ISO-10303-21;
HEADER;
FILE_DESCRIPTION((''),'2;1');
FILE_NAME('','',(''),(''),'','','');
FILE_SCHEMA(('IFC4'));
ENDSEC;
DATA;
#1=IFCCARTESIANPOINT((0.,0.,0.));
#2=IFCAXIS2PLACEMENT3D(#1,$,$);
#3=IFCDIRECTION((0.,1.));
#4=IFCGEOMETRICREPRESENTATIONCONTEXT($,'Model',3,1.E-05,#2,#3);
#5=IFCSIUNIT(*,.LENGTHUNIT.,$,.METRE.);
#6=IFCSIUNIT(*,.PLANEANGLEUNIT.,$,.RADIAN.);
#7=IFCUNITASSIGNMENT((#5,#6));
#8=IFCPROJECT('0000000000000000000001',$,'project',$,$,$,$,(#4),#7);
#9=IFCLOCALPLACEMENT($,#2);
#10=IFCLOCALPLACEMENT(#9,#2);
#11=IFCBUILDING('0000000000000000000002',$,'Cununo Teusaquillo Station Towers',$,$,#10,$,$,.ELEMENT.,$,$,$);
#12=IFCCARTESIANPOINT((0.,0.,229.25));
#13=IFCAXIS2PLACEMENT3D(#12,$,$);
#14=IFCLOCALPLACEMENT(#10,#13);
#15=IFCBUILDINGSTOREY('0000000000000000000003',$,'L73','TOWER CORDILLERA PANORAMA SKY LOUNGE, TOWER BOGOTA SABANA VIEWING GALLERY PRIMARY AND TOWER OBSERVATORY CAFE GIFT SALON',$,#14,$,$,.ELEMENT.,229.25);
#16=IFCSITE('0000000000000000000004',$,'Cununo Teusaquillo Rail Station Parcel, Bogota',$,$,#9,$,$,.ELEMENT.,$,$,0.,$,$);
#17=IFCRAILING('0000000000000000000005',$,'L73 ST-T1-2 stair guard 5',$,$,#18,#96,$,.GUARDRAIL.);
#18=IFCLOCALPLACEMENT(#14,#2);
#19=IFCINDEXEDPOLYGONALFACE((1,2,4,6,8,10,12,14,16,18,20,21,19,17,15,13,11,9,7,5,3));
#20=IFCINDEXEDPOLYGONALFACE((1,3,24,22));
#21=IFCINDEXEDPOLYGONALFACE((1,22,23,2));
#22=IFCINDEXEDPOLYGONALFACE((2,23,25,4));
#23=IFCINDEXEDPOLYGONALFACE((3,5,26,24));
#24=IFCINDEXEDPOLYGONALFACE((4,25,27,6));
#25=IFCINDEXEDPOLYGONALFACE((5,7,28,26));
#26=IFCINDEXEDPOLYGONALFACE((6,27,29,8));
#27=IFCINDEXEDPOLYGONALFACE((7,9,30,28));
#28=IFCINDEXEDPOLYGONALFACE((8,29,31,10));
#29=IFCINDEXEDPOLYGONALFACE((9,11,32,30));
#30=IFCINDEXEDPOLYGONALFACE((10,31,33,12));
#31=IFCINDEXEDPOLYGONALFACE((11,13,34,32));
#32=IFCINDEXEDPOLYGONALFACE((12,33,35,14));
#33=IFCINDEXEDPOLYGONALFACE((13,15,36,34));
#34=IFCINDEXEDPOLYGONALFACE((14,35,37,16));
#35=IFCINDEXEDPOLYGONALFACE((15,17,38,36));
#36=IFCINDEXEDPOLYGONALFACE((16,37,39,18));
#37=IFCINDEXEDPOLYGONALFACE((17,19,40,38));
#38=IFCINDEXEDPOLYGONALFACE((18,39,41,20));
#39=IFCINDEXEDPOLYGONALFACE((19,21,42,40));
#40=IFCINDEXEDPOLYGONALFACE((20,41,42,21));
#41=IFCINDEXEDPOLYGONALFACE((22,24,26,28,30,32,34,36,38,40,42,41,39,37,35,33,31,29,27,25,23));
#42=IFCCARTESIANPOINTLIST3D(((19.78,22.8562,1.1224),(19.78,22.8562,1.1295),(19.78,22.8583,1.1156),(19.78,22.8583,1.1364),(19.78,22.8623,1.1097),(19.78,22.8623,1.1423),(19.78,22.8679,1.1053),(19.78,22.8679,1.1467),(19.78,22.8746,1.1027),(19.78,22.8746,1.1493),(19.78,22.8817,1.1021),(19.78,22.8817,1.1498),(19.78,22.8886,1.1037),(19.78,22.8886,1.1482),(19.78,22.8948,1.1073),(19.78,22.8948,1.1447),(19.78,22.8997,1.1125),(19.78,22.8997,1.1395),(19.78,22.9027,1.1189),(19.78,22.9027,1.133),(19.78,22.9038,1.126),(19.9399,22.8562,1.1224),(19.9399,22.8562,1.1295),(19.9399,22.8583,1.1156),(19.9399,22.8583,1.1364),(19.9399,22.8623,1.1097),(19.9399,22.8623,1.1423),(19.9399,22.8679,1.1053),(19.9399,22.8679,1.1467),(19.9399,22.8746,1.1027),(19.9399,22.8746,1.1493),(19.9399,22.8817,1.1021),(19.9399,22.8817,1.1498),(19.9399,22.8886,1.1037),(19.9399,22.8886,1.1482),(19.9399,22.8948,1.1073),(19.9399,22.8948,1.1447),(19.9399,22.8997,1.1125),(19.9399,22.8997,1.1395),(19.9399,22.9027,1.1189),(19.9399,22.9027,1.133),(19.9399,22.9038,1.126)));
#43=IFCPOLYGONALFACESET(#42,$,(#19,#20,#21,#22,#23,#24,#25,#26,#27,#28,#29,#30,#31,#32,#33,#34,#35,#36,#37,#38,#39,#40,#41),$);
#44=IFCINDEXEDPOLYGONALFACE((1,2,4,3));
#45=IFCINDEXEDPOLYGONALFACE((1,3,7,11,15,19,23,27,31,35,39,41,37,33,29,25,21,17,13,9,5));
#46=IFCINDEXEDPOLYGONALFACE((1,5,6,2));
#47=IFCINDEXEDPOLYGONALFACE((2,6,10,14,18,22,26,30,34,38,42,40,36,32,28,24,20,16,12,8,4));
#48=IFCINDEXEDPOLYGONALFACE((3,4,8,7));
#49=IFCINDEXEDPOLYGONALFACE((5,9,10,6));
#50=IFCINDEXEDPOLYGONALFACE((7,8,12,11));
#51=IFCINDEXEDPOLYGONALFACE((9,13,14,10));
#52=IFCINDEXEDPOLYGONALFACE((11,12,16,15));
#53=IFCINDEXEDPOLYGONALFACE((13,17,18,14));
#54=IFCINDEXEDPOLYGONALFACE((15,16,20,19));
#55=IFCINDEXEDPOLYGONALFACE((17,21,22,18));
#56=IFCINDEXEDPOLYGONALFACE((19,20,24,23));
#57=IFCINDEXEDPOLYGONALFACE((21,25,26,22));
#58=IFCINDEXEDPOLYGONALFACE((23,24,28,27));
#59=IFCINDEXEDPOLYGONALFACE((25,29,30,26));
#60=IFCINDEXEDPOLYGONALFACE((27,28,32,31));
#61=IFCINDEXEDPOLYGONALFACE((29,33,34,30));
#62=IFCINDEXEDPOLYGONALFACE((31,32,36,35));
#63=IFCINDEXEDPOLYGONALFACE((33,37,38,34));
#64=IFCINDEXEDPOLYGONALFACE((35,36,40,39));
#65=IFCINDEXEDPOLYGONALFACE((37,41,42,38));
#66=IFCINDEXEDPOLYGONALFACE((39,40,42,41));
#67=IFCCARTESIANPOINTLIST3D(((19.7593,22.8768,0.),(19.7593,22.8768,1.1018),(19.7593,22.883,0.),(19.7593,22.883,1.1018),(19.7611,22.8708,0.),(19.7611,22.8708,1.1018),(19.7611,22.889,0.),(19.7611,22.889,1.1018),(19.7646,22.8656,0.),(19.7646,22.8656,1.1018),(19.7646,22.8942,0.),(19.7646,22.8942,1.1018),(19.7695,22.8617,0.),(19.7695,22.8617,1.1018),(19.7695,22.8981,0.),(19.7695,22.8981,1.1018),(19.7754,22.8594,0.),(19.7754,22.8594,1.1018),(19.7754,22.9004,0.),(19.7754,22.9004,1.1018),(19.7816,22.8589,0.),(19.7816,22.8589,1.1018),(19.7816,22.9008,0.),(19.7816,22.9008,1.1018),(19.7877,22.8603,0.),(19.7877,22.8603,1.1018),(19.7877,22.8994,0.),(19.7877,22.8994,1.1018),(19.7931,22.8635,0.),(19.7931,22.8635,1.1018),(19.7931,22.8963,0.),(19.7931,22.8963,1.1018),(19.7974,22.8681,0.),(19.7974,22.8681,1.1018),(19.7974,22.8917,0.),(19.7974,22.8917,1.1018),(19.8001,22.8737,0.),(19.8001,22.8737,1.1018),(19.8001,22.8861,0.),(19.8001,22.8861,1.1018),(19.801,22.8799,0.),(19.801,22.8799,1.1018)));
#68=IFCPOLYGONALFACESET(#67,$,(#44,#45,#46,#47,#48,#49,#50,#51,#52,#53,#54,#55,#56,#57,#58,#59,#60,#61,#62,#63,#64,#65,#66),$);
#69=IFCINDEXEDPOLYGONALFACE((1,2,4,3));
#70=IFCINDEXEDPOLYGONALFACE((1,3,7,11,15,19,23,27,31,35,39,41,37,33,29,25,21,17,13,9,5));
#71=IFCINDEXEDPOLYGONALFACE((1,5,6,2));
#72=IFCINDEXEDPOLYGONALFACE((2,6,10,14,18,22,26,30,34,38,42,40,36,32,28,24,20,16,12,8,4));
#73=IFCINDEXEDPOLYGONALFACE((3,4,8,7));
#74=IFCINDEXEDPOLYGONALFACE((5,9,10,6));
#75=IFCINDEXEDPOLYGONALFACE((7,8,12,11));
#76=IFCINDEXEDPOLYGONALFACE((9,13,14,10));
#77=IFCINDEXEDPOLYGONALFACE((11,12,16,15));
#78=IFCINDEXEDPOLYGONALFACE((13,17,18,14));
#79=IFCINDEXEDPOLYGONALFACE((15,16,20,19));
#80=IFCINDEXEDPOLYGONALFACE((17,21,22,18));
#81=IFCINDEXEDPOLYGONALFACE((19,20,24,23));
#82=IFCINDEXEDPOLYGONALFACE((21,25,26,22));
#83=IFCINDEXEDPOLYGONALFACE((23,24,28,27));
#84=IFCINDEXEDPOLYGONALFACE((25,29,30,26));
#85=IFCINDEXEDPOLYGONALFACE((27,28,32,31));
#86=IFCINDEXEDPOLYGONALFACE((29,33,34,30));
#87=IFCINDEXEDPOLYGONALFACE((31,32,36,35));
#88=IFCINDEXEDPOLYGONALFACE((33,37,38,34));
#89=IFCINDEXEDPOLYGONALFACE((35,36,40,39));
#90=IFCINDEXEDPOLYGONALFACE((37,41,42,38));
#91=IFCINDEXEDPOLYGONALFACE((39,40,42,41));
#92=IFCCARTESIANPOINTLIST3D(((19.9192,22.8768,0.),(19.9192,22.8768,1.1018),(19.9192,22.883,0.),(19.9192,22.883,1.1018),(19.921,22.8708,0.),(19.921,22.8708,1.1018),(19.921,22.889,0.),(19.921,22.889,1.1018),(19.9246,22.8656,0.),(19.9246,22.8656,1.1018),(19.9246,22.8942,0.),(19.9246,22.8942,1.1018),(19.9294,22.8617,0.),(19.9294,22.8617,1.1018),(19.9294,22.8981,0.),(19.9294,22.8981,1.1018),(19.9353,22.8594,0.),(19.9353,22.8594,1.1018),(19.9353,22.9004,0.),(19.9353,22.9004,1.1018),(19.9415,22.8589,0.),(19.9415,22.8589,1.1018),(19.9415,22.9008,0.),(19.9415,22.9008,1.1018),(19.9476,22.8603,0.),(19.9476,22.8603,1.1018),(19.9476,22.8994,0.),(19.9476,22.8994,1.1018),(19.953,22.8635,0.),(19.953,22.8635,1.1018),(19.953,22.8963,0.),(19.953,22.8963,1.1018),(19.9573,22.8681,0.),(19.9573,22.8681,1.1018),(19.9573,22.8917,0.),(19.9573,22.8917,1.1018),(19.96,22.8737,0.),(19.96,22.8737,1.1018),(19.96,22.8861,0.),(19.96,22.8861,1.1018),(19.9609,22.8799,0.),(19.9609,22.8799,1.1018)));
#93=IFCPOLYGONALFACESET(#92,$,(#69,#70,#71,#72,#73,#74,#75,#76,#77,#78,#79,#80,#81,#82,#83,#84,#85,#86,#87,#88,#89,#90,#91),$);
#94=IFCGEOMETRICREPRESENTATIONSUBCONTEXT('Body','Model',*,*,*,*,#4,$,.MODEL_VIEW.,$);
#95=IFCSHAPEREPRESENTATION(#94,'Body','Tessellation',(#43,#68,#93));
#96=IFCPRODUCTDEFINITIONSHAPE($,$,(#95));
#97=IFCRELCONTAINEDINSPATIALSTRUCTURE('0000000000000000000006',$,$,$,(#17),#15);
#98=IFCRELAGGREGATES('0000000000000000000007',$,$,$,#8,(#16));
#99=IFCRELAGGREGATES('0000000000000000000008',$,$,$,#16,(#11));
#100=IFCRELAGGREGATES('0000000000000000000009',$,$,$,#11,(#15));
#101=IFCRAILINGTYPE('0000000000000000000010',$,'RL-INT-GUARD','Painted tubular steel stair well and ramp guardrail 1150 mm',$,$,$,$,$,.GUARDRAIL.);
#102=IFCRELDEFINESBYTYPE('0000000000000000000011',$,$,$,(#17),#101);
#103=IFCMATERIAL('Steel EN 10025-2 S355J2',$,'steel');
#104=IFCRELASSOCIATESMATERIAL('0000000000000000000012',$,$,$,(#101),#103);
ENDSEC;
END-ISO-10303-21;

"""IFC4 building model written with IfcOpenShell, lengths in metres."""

from ifc_helpers import new_model, si_unit, direction, frame, origin, origin_2d, place, context, subcontext, project, spatial, circle, extrude, material, type_object, element, save


model = new_model("IFC4")

# Units and contexts
model_context = context("Model", 3, precision=1e-05, world=origin(), true_north=direction((0.0, 1.0)))
body_context = subcontext(model_context, "Body", "Model", "MODEL_VIEW")
ifc_project = project(units=[si_unit("LENGTHUNIT", "METRE"), si_unit("PLANEANGLEUNIT", "RADIAN")], contexts=[model_context])

# Site, building, storey
site_placement = place(None, origin())
site = spatial("IfcSite", under=ifc_project, at=site_placement, Name="Cununo Teusaquillo Rail Station Parcel, Bogota", CompositionType="ELEMENT", RefElevation=0.0)
building_placement = place(site_placement, origin())
building = spatial("IfcBuilding", under=site, at=building_placement, Name="Cununo Teusaquillo Station Towers", CompositionType="ELEMENT")
storey_placement = place(building_placement, frame((0.0, 0.0, 229.25)))
storey = spatial("IfcBuildingStorey", under=building, at=storey_placement, Name="L73", Description="TOWER CORDILLERA PANORAMA SKY LOUNGE, TOWER BOGOTA SABANA VIEWING GALLERY PRIMARY AND TOWER OBSERVATORY CAFE GIFT SALON", CompositionType="ELEMENT", Elevation=229.25)

# Railing
ifc_material_1 = material(Name="Steel EN 10025-2 S355J2", Category="steel")
railing_type_1 = type_object("IfcRailingType", Name="RL-INT-GUARD", Description="Painted tubular steel stair well and ramp guardrail 1150 mm", PredefinedType="GUARDRAIL", material=ifc_material_1)
railing_1_placement = place(storey_placement, frame((19.78, 22.8799, 0.0)))
element("IfcRailing", 1, at=railing_1_placement, inside=storey, type_object=railing_type_1, Name="L73 ST-T1-2 stair guard 5", PredefinedType="GUARDRAIL", context=body_context, shape_type="SweptSolid", body=[
    extrude(circle(Radius=0.0239, at=origin_2d()), frame((0.0, 0.0, 1.126), z_axis=(1.0, 0.0, 0.0), x_axis=(0.0, 1.0, 0.0)), (0.0, 0.0, 1.0), 0.1599),
    extrude(circle(Radius=0.021, at=origin_2d()), origin(), (0.0, 0.0, 1.0), 1.1018),
    extrude(circle(Radius=0.021, at=origin_2d()), frame((0.1599, 0.0, 0.0)), (0.0, 0.0, 1.0), 1.1018),
])

save(model, "model.ifc")
